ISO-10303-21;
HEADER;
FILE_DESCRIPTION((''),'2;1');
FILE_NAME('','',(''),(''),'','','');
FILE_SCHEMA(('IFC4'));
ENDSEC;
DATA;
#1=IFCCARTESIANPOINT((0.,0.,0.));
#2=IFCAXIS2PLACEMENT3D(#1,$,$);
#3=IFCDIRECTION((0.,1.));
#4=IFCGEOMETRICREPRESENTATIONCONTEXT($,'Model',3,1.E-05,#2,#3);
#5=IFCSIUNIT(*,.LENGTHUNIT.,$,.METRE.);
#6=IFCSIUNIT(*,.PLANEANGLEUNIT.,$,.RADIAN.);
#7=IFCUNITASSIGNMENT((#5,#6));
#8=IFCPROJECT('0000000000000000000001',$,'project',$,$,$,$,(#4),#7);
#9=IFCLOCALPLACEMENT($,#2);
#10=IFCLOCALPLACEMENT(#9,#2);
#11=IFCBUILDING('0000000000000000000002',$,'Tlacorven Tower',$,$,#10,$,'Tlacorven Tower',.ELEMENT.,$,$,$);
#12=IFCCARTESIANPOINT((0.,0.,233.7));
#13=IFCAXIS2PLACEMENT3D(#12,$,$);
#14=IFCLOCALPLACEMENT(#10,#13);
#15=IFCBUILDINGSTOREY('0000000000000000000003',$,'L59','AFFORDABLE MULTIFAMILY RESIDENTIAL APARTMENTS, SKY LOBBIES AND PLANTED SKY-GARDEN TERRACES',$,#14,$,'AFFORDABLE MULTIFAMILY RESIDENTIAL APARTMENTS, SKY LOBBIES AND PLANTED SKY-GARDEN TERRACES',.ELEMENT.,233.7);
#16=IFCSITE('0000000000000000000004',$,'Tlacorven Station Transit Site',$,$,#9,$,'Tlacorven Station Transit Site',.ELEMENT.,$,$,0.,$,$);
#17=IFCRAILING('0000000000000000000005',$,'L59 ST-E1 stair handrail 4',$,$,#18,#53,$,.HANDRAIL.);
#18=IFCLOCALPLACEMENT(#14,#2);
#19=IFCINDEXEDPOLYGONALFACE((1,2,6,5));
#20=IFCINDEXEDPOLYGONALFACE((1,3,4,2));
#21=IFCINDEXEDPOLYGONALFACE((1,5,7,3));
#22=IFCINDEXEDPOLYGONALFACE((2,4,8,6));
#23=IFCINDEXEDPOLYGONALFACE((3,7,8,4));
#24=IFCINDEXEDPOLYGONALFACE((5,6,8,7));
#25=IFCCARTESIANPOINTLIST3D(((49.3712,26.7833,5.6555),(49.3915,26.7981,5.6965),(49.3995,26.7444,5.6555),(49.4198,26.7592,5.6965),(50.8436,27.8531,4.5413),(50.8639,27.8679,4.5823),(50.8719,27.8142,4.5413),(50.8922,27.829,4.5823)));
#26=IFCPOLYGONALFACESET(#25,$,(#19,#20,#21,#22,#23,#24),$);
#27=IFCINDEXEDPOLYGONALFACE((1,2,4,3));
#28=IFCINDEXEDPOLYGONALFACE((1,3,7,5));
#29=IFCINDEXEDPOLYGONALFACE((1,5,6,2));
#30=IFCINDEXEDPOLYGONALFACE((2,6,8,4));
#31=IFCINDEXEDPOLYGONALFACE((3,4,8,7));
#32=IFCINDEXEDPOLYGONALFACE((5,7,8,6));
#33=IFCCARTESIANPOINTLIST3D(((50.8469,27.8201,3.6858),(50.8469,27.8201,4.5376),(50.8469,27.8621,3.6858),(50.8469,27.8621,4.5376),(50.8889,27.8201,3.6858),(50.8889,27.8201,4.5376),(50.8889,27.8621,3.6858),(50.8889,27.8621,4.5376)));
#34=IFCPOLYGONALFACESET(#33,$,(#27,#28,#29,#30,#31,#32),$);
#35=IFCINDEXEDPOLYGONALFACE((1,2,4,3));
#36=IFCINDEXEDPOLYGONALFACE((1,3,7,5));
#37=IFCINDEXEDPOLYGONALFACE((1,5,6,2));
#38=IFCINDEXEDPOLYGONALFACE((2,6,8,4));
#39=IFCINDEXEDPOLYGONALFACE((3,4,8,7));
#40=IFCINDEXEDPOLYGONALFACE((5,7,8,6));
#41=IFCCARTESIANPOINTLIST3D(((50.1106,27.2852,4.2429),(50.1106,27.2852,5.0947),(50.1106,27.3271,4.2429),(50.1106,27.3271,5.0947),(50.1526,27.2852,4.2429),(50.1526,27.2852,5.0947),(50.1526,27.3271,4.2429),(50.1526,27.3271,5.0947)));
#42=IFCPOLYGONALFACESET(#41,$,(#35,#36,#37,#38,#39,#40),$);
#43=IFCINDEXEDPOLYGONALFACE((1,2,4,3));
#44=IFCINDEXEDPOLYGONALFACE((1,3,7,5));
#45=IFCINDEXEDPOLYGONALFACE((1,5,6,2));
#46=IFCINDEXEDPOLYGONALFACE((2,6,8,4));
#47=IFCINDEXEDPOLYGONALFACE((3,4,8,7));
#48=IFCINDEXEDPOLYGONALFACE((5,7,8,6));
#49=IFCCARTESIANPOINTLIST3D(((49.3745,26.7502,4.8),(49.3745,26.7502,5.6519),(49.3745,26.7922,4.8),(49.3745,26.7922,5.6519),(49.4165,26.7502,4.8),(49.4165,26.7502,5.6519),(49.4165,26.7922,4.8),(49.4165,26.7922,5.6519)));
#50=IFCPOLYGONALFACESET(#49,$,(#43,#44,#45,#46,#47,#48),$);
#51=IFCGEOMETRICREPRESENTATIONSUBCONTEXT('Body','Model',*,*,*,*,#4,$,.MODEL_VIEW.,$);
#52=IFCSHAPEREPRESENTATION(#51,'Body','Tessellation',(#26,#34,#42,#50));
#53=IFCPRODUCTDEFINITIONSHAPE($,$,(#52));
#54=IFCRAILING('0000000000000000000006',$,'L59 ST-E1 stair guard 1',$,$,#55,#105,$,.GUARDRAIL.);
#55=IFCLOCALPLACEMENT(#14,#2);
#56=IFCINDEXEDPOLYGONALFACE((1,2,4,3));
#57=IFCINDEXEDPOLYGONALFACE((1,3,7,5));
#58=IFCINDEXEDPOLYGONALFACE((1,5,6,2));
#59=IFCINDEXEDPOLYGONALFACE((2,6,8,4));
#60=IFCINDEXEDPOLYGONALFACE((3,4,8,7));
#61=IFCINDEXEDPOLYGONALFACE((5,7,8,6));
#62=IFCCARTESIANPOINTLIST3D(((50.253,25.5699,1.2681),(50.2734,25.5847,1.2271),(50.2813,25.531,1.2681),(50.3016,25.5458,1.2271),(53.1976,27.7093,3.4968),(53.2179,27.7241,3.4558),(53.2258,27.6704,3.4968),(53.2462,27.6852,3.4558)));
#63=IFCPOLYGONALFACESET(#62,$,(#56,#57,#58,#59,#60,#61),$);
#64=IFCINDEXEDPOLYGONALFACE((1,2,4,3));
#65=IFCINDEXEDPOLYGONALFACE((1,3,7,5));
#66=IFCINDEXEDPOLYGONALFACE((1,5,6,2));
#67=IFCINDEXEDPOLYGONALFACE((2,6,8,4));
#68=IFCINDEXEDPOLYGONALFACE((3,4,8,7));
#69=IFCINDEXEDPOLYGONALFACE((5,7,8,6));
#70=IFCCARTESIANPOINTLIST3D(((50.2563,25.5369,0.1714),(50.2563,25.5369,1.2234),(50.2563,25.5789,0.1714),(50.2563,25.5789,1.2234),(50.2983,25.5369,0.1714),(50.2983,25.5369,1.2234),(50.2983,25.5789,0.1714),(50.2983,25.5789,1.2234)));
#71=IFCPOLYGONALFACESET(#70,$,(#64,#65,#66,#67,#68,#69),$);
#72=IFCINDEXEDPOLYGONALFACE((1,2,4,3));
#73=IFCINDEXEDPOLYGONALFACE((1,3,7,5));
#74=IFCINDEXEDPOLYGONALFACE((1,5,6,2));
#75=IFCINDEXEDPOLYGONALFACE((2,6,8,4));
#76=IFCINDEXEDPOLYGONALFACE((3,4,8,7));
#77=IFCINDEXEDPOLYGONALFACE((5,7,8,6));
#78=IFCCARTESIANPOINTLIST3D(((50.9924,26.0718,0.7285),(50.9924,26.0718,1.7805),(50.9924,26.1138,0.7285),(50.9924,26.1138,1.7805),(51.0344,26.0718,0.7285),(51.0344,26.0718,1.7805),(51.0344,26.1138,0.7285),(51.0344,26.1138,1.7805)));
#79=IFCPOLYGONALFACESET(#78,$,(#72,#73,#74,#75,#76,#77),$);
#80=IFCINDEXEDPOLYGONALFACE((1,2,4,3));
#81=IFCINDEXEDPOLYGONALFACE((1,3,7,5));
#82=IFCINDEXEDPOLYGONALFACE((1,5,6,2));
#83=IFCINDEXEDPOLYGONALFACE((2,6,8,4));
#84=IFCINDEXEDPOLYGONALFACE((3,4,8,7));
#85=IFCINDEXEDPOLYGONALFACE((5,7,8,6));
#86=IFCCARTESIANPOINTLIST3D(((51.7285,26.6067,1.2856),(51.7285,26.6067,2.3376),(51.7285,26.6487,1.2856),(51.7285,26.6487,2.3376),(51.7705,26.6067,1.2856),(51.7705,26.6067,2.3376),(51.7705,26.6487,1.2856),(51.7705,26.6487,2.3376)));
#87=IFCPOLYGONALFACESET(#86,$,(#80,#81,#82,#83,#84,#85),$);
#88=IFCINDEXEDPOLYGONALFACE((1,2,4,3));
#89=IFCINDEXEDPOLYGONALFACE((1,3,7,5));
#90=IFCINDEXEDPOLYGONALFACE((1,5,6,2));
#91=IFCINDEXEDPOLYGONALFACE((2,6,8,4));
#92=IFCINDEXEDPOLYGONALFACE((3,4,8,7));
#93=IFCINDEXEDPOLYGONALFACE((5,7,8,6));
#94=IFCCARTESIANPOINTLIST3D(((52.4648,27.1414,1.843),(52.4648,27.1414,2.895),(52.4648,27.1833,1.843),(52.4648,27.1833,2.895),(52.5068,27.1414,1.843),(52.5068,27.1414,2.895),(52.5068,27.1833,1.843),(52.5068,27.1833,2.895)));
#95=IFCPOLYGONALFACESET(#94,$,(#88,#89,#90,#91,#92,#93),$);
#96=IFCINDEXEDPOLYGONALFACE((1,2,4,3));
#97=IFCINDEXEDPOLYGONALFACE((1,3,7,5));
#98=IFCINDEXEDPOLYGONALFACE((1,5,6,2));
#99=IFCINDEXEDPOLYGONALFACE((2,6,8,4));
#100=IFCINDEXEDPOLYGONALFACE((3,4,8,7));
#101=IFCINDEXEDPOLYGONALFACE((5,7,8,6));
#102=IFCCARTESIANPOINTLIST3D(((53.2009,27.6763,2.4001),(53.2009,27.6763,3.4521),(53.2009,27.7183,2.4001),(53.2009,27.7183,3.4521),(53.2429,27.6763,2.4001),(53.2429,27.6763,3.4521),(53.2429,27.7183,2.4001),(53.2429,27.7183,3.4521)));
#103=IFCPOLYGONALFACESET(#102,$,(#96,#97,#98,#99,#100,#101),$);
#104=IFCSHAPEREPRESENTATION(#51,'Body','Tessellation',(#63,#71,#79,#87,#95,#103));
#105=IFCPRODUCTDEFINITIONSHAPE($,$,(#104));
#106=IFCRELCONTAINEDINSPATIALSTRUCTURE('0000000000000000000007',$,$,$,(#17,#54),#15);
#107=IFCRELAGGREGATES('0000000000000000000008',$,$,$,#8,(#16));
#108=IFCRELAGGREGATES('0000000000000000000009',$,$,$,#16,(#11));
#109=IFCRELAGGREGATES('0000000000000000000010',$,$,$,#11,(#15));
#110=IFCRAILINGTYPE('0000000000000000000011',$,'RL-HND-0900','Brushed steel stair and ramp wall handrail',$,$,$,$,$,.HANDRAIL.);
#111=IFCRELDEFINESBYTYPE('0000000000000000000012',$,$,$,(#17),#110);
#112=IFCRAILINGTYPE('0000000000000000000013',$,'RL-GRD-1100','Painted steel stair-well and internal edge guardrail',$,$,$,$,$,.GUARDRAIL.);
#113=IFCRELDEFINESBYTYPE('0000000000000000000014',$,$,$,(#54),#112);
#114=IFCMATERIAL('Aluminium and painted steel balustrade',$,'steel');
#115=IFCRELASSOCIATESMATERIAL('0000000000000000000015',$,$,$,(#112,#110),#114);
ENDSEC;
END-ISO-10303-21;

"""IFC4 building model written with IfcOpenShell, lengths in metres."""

from ifc_helpers import new_model, si_unit, direction, frame, origin, origin_2d, place, context, subcontext, project, spatial, rectangle, extrude, source, transform, mapped, material, type_object, element, save


model = new_model("IFC4")

# Units and contexts
model_context = context("Model", 3, precision=1e-05, world=origin(), true_north=direction((0.0, 1.0)))
body_context = subcontext(model_context, "Body", "Model", "MODEL_VIEW")
ifc_project = project(units=[si_unit("LENGTHUNIT", "METRE"), si_unit("PLANEANGLEUNIT", "RADIAN")], contexts=[model_context])

# Site, building, storey
site_placement = place(None, origin())
site = spatial("IfcSite", under=ifc_project, at=site_placement, Name="Tlacorven Station Transit Site", LongName="Tlacorven Station Transit Site", CompositionType="ELEMENT", RefElevation=0.0)
building_placement = place(site_placement, origin())
building = spatial("IfcBuilding", under=site, at=building_placement, Name="Tlacorven Tower", LongName="Tlacorven Tower", CompositionType="ELEMENT")
storey_placement = place(building_placement, frame((0.0, 0.0, 233.7)))
storey = spatial("IfcBuildingStorey", under=building, at=storey_placement, Name="L59", Description="AFFORDABLE MULTIFAMILY RESIDENTIAL APARTMENTS, SKY LOBBIES AND PLANTED SKY-GARDEN TERRACES", LongName="AFFORDABLE MULTIFAMILY RESIDENTIAL APARTMENTS, SKY LOBBIES AND PLANTED SKY-GARDEN TERRACES", CompositionType="ELEMENT", Elevation=233.7)

# Railings
ifc_material_1 = material(Name="Aluminium and painted steel balustrade", Category="steel")
railing_type_1 = type_object("IfcRailingType", Name="RL-GRD-1100", Description="Painted steel stair-well and internal edge guardrail", PredefinedType="GUARDRAIL", material=ifc_material_1)
railing_type_2 = type_object("IfcRailingType", Name="RL-HND-0900", Description="Brushed steel stair and ramp wall handrail", PredefinedType="HANDRAIL", material=ifc_material_1)
shared_shape_1 = source(origin(), body_context, "Body", "SweptSolid", [
    extrude(rectangle(XDim=0.0481, YDim=0.0481, at=origin_2d()), frame((0.0, 0.0, 0.876), z_axis=(-0.689967, -0.501316, 0.522137), x_axis=(0.587805, -0.809003, 0.0)), (0.0, 0.0, 1.0), 2.134),
    extrude(rectangle(XDim=0.042, YDim=0.042, at=origin_2d()), origin(), (0.0, 0.0, 1.0), 0.8518),
    extrude(rectangle(XDim=0.042, YDim=0.042, at=origin_2d()), frame((-0.7363, -0.5349, 0.5571)), (0.0, 0.0, 1.0), 0.8518),
    extrude(rectangle(XDim=0.042, YDim=0.042, at=origin_2d()), frame((-1.4724, -1.0698, 1.1143)), (0.0, 0.0, 1.0), 0.8518),
])
railing_1_placement = place(storey_placement, frame((50.8679, 27.8411, 3.6858)))
element("IfcRailing", 1, at=railing_1_placement, inside=storey, type_object=railing_type_2, Name="L59 ST-E1 stair handrail 4", PredefinedType="HANDRAIL", context=body_context, shape_type="MappedRepresentation", body=[
    mapped(shared_shape_1, transform((0.0, 0.0, 0.0), scale=1.0)),
])
shared_shape_2 = source(origin(), body_context, "Body", "SweptSolid", [
    extrude(rectangle(XDim=0.0481, YDim=0.0481, at=origin_2d()), frame((0.0, 0.0, 1.0762), z_axis=(0.689936, 0.501278, 0.522215), x_axis=(-0.587793, 0.809012, 0.0)), (0.0, 0.0, 1.0), 4.2678),
    extrude(rectangle(XDim=0.042, YDim=0.042, at=origin_2d()), origin(), (0.0, 0.0, 1.0), 1.052),
    extrude(rectangle(XDim=0.042, YDim=0.042, at=origin_2d()), frame((0.7361, 0.5349, 0.5571)), (0.0, 0.0, 1.0), 1.052),
    extrude(rectangle(XDim=0.042, YDim=0.042, at=origin_2d()), frame((1.4722, 1.0698, 1.1143)), (0.0, 0.0, 1.0), 1.052),
    extrude(rectangle(XDim=0.042, YDim=0.042, at=origin_2d()), frame((2.2085, 1.6045, 1.6716)), (0.0, 0.0, 1.0), 1.052),
    extrude(rectangle(XDim=0.042, YDim=0.042, at=origin_2d()), frame((2.9446, 2.1394, 2.2288)), (0.0, 0.0, 1.0), 1.052),
])
railing_2_placement = place(storey_placement, frame((50.2773, 25.5579, 0.1714)))
element("IfcRailing", 2, at=railing_2_placement, inside=storey, type_object=railing_type_1, Name="L59 ST-E1 stair guard 1", PredefinedType="GUARDRAIL", context=body_context, shape_type="MappedRepresentation", body=[
    mapped(shared_shape_2, transform((0.0, 0.0, 0.0), scale=1.0)),
])

save(model, "model.ifc")
